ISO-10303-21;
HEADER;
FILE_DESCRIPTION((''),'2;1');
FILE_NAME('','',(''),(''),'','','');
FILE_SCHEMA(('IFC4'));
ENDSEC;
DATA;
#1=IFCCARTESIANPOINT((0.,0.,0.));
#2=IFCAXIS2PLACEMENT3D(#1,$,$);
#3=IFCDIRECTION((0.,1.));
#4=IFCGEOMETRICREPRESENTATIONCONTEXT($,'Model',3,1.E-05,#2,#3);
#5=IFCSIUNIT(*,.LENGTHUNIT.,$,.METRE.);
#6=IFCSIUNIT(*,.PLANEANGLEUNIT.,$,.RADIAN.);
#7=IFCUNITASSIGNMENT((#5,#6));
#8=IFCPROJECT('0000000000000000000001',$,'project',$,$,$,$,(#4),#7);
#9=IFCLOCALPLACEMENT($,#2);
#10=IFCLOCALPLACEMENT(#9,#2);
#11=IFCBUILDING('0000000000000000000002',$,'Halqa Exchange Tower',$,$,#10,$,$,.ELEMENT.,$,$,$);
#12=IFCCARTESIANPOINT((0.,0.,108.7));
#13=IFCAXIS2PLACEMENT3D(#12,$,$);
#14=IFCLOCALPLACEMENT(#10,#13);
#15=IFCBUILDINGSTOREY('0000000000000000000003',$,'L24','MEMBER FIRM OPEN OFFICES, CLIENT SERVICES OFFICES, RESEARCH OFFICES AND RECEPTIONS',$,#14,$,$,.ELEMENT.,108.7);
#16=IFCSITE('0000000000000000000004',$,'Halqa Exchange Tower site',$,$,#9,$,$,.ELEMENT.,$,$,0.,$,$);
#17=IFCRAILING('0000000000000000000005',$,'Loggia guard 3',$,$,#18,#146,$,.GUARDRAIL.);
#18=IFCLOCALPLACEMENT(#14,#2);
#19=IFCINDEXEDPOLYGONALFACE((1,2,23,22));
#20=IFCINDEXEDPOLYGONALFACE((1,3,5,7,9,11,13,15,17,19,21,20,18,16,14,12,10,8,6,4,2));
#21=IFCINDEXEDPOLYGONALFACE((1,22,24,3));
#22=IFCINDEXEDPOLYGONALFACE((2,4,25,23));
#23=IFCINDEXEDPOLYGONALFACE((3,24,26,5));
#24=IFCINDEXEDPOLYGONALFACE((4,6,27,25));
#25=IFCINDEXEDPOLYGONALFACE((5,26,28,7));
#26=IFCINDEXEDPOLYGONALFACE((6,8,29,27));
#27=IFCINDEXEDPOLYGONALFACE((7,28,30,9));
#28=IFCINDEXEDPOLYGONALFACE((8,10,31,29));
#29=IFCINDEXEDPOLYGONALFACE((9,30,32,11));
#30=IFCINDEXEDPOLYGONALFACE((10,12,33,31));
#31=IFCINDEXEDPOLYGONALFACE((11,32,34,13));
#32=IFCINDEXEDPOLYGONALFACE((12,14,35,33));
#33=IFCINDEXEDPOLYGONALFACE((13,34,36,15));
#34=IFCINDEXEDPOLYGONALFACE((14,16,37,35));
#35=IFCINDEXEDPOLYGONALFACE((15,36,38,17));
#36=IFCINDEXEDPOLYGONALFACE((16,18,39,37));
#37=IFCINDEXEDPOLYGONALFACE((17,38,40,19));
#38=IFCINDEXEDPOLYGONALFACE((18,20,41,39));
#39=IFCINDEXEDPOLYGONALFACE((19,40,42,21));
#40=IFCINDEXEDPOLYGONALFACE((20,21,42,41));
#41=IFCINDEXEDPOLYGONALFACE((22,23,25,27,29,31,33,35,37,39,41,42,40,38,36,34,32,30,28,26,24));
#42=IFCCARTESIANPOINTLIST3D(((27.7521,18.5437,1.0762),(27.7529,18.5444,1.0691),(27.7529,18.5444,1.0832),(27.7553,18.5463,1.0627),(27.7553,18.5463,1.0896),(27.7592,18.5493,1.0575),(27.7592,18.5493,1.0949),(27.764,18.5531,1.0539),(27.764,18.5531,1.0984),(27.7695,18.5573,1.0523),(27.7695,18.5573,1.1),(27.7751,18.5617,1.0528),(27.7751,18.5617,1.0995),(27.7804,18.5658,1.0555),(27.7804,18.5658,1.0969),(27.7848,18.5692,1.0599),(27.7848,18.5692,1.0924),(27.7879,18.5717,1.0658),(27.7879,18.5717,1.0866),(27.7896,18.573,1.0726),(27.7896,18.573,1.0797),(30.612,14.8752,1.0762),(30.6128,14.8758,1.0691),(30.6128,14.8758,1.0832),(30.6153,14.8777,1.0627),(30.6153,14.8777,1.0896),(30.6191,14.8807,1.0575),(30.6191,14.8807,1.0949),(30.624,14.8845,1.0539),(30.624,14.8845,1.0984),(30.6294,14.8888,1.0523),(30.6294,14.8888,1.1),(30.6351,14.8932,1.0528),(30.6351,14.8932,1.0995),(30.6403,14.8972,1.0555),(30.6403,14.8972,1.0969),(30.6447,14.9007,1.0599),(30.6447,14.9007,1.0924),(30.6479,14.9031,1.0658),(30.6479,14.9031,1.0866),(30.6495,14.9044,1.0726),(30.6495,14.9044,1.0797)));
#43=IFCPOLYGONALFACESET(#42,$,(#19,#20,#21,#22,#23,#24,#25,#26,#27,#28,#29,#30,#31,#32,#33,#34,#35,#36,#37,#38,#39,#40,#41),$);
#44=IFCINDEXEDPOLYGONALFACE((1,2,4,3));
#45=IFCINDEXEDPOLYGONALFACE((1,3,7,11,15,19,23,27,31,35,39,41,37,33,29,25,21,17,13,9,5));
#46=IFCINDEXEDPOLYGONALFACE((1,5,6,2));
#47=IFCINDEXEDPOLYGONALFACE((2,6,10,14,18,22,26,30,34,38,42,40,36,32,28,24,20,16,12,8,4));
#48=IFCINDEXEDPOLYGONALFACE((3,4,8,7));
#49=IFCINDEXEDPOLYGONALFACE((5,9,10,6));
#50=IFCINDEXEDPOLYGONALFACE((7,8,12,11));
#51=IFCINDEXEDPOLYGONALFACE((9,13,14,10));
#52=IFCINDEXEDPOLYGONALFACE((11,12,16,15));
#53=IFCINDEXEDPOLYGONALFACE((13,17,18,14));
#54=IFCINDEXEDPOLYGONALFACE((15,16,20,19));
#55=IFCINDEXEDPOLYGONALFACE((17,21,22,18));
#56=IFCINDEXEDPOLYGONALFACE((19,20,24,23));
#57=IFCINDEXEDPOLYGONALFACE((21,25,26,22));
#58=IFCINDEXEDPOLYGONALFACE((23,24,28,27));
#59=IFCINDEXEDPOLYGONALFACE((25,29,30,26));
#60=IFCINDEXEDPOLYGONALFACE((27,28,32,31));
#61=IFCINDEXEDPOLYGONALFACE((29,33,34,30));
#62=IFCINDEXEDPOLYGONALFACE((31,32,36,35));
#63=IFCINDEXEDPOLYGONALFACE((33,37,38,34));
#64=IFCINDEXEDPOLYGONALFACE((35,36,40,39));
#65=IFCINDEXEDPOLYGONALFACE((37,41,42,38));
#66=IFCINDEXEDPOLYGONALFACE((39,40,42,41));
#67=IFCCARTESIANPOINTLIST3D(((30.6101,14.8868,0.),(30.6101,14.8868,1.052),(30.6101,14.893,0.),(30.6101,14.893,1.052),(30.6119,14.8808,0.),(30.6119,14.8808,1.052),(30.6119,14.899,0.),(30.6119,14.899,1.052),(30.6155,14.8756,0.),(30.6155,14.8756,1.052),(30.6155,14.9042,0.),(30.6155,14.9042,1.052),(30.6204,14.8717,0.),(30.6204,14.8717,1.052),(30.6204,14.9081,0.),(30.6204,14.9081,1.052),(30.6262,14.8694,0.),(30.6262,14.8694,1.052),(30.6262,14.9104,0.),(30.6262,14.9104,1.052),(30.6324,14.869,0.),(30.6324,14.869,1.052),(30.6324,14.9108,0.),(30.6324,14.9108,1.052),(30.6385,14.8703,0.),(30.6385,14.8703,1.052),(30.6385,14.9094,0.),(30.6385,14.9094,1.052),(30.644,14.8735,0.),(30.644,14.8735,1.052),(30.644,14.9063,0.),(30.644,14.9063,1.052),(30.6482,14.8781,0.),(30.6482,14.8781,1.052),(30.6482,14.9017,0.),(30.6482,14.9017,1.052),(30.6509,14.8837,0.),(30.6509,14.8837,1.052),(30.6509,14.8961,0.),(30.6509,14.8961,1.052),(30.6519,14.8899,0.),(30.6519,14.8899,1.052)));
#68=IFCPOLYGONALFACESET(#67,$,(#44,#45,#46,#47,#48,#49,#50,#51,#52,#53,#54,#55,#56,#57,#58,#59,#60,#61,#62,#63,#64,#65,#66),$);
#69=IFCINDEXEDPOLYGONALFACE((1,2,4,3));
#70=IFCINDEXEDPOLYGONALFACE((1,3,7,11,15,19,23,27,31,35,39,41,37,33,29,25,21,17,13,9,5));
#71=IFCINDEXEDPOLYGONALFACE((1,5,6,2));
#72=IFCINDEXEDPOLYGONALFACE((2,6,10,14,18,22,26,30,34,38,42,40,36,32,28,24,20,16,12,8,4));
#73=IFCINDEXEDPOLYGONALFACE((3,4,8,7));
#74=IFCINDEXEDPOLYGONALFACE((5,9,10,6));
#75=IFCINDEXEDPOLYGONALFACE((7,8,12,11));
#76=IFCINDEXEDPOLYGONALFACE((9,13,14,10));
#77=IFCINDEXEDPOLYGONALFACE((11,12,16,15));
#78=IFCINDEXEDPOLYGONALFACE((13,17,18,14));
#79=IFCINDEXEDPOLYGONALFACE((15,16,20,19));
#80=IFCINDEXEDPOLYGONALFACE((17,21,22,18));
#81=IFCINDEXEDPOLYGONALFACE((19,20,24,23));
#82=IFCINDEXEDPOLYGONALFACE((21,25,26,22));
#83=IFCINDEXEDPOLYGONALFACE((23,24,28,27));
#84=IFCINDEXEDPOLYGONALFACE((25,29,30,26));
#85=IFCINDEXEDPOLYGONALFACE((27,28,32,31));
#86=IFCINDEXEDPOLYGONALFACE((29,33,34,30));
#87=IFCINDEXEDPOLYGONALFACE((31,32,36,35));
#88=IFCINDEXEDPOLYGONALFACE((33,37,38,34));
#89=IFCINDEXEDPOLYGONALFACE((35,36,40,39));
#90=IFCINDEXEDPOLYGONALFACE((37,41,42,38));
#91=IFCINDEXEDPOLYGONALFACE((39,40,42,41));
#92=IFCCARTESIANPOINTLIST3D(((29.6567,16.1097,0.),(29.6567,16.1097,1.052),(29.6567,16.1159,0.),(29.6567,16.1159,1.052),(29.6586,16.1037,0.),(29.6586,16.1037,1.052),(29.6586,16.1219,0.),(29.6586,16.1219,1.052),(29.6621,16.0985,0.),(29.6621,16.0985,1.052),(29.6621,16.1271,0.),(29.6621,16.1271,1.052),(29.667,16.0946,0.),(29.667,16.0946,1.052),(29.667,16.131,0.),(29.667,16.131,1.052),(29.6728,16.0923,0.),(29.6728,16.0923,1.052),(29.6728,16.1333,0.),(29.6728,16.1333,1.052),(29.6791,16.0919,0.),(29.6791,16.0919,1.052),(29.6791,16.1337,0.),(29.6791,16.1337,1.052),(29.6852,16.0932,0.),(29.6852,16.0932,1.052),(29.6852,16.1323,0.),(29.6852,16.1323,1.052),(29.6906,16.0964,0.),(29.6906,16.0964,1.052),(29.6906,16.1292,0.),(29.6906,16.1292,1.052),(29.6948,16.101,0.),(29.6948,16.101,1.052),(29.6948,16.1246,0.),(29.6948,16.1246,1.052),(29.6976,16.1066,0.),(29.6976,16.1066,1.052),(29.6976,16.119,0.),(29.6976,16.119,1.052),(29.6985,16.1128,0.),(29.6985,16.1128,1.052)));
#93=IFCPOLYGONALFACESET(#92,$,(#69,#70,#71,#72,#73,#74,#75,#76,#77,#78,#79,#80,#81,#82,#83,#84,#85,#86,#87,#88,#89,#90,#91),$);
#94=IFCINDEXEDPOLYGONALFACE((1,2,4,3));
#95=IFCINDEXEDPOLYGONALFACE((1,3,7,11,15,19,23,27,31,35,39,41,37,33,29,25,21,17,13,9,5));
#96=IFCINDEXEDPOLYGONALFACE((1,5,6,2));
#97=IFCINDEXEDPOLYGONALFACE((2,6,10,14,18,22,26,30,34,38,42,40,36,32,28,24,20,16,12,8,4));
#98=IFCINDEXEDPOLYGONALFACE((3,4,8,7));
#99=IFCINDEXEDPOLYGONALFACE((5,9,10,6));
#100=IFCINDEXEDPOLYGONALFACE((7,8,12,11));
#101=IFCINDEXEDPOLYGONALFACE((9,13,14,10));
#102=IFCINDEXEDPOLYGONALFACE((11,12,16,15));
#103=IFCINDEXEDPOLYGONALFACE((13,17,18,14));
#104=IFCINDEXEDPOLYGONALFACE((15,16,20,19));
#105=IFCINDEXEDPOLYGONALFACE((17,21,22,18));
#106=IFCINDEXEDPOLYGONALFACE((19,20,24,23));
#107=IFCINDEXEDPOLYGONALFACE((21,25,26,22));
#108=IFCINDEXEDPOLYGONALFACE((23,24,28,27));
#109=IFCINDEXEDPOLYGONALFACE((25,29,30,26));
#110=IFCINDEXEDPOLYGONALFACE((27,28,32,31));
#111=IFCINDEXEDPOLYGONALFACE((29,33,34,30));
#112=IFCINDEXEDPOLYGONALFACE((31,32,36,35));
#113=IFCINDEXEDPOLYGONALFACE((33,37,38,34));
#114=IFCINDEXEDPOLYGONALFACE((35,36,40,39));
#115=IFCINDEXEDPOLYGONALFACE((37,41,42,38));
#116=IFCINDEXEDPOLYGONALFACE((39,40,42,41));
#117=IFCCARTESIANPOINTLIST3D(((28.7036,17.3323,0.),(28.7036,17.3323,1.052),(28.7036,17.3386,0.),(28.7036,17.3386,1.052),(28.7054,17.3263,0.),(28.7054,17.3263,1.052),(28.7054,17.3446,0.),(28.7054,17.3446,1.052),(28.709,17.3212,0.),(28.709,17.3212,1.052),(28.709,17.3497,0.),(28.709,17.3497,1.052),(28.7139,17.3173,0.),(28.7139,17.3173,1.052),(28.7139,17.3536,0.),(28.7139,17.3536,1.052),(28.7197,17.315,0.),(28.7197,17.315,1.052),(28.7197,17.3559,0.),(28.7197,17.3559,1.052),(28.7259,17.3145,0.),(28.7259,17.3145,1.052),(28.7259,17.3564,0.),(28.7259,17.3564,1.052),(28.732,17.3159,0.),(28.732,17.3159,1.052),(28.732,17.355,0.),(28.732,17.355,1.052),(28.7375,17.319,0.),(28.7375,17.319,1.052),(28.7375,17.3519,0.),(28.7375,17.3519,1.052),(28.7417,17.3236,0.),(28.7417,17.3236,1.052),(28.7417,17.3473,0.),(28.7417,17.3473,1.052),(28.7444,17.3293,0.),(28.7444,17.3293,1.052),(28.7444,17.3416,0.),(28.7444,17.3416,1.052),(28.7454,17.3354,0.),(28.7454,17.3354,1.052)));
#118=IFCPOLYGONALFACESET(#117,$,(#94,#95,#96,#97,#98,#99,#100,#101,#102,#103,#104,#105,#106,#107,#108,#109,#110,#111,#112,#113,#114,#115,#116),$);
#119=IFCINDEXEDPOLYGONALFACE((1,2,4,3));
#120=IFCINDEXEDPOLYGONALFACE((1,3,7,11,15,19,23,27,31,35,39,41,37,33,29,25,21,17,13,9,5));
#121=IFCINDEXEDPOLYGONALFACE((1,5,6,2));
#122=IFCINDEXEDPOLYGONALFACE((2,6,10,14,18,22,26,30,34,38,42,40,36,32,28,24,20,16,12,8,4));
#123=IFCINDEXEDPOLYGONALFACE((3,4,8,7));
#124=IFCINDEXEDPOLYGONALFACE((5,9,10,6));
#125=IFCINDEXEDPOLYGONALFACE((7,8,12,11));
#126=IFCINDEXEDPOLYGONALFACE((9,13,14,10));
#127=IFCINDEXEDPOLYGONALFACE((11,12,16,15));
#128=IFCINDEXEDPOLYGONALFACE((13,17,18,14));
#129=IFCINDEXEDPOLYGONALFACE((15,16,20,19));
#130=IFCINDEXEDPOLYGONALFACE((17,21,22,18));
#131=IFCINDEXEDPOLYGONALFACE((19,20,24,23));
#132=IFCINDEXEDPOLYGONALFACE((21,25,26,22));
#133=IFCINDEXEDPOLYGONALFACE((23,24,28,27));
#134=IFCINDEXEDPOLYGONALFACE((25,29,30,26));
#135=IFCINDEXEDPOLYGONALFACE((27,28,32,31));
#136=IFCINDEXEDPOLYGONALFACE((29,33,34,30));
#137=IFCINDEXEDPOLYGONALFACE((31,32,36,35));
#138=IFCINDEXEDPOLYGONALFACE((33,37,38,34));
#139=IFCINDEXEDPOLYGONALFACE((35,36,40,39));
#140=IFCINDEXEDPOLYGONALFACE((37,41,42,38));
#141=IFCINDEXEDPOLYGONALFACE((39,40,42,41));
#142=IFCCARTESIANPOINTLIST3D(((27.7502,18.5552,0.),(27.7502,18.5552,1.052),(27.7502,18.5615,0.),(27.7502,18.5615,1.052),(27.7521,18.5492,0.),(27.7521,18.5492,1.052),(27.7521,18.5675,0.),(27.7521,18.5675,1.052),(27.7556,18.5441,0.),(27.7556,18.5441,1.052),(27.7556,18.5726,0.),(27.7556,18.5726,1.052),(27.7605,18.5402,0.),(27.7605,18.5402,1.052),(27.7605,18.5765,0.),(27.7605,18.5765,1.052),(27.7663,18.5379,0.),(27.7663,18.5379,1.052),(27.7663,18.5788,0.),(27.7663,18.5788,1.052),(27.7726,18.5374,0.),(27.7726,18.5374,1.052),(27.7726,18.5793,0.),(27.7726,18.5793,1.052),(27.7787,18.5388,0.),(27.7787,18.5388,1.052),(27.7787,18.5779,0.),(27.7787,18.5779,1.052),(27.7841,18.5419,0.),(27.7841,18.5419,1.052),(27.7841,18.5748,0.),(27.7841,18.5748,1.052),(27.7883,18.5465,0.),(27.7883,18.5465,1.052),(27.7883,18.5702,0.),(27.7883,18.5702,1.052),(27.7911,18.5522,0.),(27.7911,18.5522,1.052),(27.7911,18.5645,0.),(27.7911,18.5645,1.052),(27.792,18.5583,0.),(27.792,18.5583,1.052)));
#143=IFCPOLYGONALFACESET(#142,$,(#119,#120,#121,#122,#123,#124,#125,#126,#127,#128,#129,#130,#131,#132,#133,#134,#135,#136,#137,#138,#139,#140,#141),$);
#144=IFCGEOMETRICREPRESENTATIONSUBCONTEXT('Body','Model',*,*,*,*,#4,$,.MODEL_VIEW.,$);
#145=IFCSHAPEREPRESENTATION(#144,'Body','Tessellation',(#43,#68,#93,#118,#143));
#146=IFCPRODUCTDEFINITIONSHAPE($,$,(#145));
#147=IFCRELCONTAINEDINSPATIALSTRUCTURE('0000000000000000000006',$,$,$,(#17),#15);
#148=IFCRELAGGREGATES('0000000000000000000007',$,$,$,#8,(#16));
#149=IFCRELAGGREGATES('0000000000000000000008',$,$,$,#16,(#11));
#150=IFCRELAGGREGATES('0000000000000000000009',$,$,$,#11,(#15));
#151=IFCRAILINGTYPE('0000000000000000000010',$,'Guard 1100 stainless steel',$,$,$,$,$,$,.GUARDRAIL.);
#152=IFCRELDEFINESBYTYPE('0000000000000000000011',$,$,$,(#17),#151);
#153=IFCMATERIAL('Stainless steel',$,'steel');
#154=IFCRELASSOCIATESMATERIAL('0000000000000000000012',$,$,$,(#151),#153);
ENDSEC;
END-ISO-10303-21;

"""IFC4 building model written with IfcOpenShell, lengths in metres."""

from ifc_helpers import new_model, si_unit, direction, frame, origin, origin_2d, place, context, subcontext, project, spatial, circle, extrude, material, type_object, element, save


model = new_model("IFC4")

# Units and contexts
model_context = context("Model", 3, precision=1e-05, world=origin(), true_north=direction((0.0, 1.0)))
body_context = subcontext(model_context, "Body", "Model", "MODEL_VIEW")
ifc_project = project(units=[si_unit("LENGTHUNIT", "METRE"), si_unit("PLANEANGLEUNIT", "RADIAN")], contexts=[model_context])

# Site, building, storey
site_placement = place(None, origin())
site = spatial("IfcSite", under=ifc_project, at=site_placement, Name="Halqa Exchange Tower site", CompositionType="ELEMENT", RefElevation=0.0)
building_placement = place(site_placement, origin())
building = spatial("IfcBuilding", under=site, at=building_placement, Name="Halqa Exchange Tower", CompositionType="ELEMENT")
storey_placement = place(building_placement, frame((0.0, 0.0, 108.7)))
storey = spatial("IfcBuildingStorey", under=building, at=storey_placement, Name="L24", Description="MEMBER FIRM OPEN OFFICES, CLIENT SERVICES OFFICES, RESEARCH OFFICES AND RECEPTIONS", CompositionType="ELEMENT", Elevation=108.7)

# Railing
ifc_material_1 = material(Name="Stainless steel", Category="steel")
railing_type = type_object("IfcRailingType", Name="Guard 1100 stainless steel", PredefinedType="GUARDRAIL", material=ifc_material_1)
railing_1_placement = place(storey_placement, frame((30.6309, 14.8899, 0.0)))
element("IfcRailing", 1, at=railing_1_placement, inside=storey, type_object=railing_type, Name="Loggia guard 3", PredefinedType="GUARDRAIL", context=body_context, shape_type="SweptSolid", body=[
    extrude(circle(Radius=0.0239, at=origin_2d()), frame((0.0, 0.0, 1.0762), z_axis=(-0.614827, 0.788662, 0.0), x_axis=(-0.788662, -0.614827, 0.0)), (0.0, 0.0, 1.0), 4.6516),
    extrude(circle(Radius=0.021, at=origin_2d()), origin(), (0.0, 0.0, 1.0), 1.052),
    extrude(circle(Radius=0.021, at=origin_2d()), frame((-0.9534, 1.2229, 0.0)), (0.0, 0.0, 1.0), 1.052),
    extrude(circle(Radius=0.021, at=origin_2d()), frame((-1.9065, 2.4456, 0.0)), (0.0, 0.0, 1.0), 1.052),
    extrude(circle(Radius=0.021, at=origin_2d()), frame((-2.8599, 3.6685, 0.0)), (0.0, 0.0, 1.0), 1.052),
])

save(model, "model.ifc")
